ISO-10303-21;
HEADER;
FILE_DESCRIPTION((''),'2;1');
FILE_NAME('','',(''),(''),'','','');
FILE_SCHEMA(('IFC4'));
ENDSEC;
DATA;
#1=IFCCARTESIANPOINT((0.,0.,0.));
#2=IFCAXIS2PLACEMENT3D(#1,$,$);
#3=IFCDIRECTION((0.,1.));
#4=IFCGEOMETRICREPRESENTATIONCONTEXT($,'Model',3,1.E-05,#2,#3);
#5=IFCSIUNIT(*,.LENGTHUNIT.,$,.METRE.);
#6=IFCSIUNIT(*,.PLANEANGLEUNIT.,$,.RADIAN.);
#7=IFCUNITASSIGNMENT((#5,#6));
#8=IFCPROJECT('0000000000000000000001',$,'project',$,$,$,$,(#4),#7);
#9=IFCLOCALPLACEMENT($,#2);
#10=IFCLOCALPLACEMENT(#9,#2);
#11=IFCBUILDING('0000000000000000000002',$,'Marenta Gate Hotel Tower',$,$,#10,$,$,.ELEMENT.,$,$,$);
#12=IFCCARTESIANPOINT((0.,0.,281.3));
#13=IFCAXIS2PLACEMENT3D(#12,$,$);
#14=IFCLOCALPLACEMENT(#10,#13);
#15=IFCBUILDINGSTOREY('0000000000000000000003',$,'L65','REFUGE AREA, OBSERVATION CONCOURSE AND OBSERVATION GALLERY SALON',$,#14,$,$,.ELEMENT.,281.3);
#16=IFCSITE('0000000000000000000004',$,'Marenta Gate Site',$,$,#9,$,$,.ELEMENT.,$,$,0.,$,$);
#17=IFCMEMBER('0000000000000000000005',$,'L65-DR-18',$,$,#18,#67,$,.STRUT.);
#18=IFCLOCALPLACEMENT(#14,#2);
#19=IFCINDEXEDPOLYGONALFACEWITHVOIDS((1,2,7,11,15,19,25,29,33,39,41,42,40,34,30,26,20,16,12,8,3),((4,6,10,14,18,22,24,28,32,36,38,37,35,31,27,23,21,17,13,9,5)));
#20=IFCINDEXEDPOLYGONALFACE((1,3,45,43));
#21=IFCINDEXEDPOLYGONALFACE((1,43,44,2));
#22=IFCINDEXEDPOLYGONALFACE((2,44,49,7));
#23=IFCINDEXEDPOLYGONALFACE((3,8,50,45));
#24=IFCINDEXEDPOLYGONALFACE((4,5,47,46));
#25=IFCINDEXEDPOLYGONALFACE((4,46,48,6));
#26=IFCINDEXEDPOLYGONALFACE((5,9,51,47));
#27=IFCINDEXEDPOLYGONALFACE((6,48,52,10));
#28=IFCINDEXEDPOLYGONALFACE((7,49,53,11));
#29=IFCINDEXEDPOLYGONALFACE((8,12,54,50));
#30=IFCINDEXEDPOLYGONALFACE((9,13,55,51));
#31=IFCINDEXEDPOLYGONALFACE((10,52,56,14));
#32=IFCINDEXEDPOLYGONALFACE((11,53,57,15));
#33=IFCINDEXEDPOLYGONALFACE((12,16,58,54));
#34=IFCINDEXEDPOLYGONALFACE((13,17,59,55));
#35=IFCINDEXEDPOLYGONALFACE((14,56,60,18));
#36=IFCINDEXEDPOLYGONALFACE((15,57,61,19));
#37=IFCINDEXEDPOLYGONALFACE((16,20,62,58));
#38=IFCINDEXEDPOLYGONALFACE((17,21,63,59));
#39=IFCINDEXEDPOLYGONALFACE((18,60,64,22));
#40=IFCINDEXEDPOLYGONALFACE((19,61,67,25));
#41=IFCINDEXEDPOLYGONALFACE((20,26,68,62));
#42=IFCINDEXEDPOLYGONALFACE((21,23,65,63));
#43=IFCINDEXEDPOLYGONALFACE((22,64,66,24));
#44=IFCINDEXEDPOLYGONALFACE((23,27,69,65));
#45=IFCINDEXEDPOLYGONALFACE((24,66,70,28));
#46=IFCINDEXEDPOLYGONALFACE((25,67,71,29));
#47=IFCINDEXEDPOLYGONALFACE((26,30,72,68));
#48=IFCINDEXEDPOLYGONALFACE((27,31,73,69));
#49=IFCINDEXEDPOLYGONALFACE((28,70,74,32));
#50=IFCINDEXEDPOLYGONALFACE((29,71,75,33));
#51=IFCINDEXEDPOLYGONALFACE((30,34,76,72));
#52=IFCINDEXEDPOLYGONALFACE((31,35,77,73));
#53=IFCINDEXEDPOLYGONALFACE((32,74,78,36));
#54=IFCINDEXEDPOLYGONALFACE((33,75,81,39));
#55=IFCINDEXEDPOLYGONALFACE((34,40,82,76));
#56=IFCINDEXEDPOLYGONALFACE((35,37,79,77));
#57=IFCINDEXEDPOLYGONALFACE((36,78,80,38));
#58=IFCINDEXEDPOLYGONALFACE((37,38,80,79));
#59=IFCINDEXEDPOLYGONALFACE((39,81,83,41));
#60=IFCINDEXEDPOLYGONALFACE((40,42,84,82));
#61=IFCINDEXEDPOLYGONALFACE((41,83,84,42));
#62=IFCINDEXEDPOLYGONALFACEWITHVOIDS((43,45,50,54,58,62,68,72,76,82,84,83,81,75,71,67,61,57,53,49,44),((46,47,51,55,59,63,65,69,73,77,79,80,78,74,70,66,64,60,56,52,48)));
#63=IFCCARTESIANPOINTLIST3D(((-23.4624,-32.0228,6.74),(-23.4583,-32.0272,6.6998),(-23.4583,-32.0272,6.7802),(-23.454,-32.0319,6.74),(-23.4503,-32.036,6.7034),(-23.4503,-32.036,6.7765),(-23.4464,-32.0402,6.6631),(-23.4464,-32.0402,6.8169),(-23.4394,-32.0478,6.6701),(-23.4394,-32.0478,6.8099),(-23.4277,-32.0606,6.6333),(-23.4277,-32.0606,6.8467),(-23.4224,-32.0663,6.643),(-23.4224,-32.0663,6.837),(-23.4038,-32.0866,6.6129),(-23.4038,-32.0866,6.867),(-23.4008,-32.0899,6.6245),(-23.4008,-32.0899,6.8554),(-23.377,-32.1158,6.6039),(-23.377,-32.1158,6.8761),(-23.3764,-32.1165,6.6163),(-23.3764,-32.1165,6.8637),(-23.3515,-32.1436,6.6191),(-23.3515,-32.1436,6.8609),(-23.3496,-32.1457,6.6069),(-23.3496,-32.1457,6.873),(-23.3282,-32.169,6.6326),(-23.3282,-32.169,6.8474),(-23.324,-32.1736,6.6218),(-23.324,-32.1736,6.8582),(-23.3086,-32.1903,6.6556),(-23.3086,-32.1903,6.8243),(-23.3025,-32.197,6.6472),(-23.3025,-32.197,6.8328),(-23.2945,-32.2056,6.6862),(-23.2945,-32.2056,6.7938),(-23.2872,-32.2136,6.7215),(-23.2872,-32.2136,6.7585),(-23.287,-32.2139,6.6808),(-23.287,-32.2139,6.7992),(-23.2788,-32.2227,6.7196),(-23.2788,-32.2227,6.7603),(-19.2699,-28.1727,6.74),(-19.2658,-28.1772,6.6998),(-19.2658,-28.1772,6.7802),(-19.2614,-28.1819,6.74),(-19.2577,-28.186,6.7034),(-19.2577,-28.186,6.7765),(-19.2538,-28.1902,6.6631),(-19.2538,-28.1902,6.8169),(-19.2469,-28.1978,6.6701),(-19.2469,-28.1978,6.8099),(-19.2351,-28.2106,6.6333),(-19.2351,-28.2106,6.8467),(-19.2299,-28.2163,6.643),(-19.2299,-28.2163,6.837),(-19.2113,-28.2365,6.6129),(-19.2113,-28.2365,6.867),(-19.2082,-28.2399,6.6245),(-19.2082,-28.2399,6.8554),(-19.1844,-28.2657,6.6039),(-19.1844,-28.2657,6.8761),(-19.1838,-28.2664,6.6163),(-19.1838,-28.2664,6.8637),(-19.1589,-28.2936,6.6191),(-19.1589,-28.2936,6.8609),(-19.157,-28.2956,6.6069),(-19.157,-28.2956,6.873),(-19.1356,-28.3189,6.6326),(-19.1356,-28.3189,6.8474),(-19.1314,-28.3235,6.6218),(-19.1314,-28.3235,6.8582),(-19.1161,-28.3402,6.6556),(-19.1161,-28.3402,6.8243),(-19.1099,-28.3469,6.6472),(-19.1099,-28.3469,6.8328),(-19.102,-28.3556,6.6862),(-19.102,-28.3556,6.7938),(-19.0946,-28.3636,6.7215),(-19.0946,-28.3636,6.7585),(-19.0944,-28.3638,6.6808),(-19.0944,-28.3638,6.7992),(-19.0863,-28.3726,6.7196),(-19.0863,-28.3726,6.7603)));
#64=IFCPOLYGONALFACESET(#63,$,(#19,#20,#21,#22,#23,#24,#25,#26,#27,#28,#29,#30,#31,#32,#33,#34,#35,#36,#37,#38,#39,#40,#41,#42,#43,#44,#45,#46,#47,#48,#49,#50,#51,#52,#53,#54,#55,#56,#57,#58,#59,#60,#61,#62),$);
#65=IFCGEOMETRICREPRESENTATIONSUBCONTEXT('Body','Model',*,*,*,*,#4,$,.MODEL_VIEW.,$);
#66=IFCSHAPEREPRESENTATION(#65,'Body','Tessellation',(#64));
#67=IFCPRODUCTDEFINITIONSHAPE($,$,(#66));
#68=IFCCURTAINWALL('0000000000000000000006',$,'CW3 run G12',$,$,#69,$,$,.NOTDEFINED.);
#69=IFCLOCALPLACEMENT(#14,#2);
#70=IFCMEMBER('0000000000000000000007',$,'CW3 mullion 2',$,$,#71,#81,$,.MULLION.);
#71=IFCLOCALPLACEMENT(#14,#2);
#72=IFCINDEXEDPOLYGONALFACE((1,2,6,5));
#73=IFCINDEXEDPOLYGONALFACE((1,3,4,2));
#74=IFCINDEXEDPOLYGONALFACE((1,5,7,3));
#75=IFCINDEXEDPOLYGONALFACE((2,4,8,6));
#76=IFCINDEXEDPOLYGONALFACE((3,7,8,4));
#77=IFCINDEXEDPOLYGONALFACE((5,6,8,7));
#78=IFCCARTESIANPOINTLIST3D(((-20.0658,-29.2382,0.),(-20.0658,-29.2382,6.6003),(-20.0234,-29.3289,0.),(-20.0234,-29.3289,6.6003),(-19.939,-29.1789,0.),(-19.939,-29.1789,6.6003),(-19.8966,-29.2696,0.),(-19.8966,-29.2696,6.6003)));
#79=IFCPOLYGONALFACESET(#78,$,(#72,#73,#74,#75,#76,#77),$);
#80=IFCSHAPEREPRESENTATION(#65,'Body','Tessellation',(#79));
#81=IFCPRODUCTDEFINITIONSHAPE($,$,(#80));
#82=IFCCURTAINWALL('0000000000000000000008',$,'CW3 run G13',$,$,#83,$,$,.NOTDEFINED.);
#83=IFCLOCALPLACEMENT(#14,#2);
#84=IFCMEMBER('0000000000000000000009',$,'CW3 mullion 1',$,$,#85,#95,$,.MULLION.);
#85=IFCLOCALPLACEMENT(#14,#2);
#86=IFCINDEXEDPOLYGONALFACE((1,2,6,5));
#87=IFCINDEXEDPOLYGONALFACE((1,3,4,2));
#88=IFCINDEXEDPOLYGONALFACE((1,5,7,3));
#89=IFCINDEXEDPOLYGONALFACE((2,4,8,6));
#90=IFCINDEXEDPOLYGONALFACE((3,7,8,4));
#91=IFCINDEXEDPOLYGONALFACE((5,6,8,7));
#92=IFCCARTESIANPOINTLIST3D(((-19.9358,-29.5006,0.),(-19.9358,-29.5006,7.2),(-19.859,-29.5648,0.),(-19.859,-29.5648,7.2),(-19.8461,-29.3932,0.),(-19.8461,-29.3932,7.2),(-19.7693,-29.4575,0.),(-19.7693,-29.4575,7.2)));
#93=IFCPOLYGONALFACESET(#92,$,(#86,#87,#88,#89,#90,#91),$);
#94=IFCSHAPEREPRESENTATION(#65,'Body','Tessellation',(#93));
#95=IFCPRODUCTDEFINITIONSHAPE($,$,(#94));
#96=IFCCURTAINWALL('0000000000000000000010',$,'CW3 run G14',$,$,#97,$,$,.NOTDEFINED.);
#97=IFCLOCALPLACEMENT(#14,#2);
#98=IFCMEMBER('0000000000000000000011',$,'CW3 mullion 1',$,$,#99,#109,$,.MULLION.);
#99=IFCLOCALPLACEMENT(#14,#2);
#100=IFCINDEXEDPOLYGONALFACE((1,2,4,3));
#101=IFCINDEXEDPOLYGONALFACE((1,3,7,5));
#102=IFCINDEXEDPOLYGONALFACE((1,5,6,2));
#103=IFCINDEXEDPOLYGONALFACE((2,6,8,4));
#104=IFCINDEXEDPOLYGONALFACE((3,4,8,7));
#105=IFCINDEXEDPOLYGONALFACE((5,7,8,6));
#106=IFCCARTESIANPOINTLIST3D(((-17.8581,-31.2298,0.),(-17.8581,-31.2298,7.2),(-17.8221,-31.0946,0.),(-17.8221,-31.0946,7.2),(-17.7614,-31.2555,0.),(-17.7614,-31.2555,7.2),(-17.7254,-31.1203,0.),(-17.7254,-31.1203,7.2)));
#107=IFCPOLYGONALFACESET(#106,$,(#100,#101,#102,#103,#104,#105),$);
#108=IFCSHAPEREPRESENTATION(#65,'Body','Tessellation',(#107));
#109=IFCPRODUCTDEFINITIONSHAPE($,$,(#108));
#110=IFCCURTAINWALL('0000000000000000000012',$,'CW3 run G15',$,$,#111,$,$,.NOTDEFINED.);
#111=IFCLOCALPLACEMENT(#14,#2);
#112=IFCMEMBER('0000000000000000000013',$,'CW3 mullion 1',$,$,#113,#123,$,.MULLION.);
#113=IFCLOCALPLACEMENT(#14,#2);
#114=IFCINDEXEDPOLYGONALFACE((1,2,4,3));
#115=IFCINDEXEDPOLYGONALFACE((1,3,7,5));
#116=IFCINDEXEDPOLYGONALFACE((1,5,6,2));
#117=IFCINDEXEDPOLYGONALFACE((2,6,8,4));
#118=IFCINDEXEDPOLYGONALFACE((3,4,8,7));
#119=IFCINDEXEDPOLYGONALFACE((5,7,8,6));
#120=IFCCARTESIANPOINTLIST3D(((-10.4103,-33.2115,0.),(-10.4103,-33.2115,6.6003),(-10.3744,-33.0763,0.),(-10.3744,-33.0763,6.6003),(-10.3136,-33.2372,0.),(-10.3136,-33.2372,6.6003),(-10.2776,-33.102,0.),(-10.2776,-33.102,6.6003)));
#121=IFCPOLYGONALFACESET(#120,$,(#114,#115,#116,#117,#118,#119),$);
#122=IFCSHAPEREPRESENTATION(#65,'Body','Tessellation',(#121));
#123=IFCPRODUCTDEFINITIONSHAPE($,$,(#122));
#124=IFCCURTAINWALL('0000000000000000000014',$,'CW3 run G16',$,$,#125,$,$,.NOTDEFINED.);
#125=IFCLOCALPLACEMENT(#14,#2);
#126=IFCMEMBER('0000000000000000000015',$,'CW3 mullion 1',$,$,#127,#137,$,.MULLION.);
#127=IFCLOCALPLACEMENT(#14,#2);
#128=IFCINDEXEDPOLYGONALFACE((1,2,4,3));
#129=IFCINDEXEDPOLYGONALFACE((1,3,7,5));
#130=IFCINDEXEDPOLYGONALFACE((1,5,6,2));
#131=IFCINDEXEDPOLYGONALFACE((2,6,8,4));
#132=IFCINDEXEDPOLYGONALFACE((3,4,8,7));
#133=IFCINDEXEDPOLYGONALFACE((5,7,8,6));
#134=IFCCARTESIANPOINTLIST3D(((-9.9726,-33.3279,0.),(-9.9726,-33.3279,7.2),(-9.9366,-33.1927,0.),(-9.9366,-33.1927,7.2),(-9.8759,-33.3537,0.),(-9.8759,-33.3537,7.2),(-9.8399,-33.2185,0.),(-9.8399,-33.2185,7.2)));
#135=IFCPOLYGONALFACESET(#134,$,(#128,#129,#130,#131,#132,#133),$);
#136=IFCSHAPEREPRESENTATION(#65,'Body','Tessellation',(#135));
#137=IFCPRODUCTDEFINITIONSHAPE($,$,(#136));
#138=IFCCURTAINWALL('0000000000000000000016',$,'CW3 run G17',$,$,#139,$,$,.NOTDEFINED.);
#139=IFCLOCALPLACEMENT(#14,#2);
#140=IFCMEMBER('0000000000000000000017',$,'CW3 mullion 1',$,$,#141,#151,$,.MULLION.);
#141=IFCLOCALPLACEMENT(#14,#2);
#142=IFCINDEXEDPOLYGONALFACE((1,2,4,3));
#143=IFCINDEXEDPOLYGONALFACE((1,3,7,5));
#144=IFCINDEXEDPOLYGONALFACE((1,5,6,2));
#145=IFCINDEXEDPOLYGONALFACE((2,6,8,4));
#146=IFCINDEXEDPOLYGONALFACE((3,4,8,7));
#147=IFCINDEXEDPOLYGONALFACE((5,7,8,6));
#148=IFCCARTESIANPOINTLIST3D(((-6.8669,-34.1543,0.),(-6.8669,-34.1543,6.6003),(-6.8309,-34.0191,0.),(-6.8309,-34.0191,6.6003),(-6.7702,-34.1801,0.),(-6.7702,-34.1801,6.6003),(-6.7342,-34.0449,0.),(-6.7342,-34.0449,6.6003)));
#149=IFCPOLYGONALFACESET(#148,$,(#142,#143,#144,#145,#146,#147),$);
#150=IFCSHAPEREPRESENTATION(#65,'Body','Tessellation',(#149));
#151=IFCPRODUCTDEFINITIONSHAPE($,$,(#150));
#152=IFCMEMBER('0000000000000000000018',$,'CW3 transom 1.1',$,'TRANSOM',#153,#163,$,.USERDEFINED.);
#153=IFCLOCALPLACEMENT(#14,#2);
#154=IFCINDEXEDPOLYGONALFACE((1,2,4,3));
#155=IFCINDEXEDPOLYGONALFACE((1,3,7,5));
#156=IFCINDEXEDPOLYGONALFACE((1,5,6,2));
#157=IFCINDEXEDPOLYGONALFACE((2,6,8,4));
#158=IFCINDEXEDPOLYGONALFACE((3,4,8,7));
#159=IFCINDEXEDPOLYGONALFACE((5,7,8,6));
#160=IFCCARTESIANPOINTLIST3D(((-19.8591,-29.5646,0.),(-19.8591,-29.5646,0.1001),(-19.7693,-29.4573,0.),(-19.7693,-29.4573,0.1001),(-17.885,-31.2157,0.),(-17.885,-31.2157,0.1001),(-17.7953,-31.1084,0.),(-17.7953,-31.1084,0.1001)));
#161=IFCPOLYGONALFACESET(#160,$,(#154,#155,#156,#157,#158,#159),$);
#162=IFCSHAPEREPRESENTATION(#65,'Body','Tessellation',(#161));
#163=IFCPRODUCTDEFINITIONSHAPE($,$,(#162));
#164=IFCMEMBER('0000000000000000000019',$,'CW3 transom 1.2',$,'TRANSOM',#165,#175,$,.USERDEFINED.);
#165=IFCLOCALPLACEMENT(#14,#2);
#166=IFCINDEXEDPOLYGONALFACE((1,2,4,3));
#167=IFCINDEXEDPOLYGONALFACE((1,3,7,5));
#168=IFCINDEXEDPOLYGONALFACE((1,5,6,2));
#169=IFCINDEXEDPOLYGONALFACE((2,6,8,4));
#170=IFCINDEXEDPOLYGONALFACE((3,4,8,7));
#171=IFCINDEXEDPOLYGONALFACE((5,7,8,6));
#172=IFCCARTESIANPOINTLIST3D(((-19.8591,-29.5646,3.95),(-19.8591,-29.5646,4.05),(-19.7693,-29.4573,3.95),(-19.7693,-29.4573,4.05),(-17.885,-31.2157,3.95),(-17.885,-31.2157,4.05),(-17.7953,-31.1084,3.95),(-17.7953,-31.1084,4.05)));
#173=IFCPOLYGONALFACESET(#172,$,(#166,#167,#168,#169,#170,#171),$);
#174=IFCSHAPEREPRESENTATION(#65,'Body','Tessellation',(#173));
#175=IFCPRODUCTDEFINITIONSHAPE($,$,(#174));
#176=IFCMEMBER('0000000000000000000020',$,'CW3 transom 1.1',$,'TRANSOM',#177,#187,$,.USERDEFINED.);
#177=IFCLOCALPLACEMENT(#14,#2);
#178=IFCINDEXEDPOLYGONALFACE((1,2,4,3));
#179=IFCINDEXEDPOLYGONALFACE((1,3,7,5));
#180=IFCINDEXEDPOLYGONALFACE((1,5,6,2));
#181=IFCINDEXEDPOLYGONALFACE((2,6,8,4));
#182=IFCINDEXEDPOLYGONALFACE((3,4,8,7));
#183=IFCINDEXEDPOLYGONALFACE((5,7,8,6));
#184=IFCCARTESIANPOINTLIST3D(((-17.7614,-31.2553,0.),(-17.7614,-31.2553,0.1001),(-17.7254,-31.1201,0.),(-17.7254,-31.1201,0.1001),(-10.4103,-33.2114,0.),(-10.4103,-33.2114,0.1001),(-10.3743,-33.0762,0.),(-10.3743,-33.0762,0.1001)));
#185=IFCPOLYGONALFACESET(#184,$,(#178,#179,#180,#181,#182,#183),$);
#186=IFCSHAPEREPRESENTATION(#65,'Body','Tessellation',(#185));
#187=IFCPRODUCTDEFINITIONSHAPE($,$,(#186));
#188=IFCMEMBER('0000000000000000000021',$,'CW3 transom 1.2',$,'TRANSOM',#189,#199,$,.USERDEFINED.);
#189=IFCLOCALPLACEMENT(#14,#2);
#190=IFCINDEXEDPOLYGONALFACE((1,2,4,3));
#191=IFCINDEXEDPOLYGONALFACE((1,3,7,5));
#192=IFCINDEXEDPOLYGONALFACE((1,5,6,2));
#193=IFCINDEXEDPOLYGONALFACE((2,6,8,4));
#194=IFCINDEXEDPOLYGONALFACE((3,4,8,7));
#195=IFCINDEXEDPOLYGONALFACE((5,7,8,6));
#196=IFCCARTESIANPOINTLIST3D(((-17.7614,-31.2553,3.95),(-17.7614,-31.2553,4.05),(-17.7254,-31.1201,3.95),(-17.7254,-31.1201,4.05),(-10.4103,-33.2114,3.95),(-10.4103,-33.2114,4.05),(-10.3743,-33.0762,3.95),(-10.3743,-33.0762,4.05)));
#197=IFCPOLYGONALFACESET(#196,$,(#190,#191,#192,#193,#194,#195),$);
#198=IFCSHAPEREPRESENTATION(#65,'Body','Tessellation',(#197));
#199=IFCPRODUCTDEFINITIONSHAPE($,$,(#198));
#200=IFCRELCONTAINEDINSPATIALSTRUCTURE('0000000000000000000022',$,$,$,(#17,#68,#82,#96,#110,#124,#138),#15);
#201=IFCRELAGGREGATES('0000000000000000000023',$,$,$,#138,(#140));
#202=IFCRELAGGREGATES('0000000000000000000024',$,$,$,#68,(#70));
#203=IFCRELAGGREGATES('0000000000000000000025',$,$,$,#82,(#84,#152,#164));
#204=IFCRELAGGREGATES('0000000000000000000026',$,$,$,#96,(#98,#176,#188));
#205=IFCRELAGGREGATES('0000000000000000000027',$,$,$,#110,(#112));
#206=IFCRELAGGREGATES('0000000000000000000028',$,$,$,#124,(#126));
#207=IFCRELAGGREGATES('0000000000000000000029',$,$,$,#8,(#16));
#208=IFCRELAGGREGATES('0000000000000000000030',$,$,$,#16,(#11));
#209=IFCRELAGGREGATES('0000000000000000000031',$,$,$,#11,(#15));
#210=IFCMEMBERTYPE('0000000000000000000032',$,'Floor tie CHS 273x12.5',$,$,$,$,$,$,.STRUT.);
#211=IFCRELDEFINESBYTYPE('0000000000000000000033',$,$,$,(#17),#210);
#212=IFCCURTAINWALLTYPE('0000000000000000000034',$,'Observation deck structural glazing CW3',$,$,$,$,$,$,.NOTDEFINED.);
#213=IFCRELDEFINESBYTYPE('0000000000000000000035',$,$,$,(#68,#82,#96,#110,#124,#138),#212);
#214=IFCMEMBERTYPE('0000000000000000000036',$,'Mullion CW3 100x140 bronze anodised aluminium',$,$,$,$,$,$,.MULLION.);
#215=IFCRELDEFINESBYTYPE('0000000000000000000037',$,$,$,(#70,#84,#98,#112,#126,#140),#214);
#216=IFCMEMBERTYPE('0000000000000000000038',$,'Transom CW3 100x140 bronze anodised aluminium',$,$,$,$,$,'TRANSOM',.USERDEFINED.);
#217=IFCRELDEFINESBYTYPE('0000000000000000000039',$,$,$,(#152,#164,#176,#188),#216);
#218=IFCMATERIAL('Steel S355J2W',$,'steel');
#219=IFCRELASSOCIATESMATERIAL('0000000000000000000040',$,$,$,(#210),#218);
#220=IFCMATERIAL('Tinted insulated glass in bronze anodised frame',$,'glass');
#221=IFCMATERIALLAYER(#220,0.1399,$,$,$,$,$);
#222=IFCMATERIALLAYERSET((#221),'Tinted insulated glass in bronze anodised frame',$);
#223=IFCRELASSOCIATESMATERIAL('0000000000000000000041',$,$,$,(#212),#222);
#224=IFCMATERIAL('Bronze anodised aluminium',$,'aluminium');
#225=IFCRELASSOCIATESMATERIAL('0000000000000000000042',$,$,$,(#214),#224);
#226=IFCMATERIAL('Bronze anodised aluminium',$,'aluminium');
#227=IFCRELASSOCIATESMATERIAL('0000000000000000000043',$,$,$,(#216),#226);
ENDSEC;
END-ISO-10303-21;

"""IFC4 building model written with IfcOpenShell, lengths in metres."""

from ifc_helpers import new_model, si_unit, direction, frame, origin, origin_2d, place, context, subcontext, project, spatial, rectangle, hollow_circle, extrude, material, layer, layer_set, material_profile, profile_set, type_object, element, aggregate, save


model = new_model("IFC4")

# Units and contexts
model_context = context("Model", 3, precision=1e-05, world=origin(), true_north=direction((0.0, 1.0)))
body_context = subcontext(model_context, "Body", "Model", "MODEL_VIEW")
ifc_project = project(units=[si_unit("LENGTHUNIT", "METRE"), si_unit("PLANEANGLEUNIT", "RADIAN")], contexts=[model_context])

# Site, building, storey
site_placement = place(None, origin())
site = spatial("IfcSite", under=ifc_project, at=site_placement, Name="Marenta Gate Site", CompositionType="ELEMENT", RefElevation=0.0)
building_placement = place(site_placement, origin())
building = spatial("IfcBuilding", under=site, at=building_placement, Name="Marenta Gate Hotel Tower", CompositionType="ELEMENT")
storey_placement = place(building_placement, frame((0.0, 0.0, 281.3)))
storey = spatial("IfcBuildingStorey", under=building, at=storey_placement, Name="L65", Description="REFUGE AREA, OBSERVATION CONCOURSE AND OBSERVATION GALLERY SALON", CompositionType="ELEMENT", Elevation=281.3)

# Member
ifc_material_1 = material(Name="Steel S355J2W", Category="steel")
ifc_material_profile_1 = material_profile(ifc_material_1, hollow_circle(Radius=0.1365, WallThickness=0.0125, at=origin_2d()), Name="CHS 273x12.5")
ifc_profile_set_1 = profile_set([ifc_material_profile_1], Name="Steel S355J2W")
member_type_1 = type_object("IfcMemberType", Name="Floor tie CHS 273x12.5", PredefinedType="STRUT", material=ifc_profile_set_1)
member_1_placement = place(storey_placement, frame((-23.3701, -32.1233, 6.74), z_axis=(0.736554, 0.676379, 0.0), x_axis=(-0.676379, 0.736554, 0.0)))
element("IfcMember", 1, at=member_1_placement, inside=storey, type_object=member_type_1, Name="L65-DR-18", PredefinedType="STRUT", context=body_context, shape_type="SweptSolid", body=[
    extrude(hollow_circle(Radius=0.1365, WallThickness=0.0125, at=origin_2d()), origin(), (0.0, 0.0, 1.0), 5.6921),
])

# Curtain walls, members
ifc_material_2 = material(Name="Tinted insulated glass in bronze anodised frame", Category="glass")
ifc_layer_1 = layer(ifc_material_2, 0.1399)
ifc_layer_set_1 = layer_set([ifc_layer_1], Name="Tinted insulated glass in bronze anodised frame")
curtain_wall_type = type_object("IfcCurtainWallType", Name="Observation deck structural glazing CW3", PredefinedType="NOTDEFINED", material=ifc_layer_set_1)
curtain_wall_1_placement = place(storey_placement, origin())
curtain_wall_1 = element("IfcCurtainWall", 2, at=curtain_wall_1_placement, inside=storey, type_object=curtain_wall_type, Name="CW3 run G12", PredefinedType="NOTDEFINED")
ifc_material_3 = material(Name="Bronze anodised aluminium", Category="aluminium")
ifc_material_profile_2 = material_profile(ifc_material_3, rectangle(XDim=0.1399, YDim=0.1001, at=origin_2d()), Name="Mullion CW3 100x140 bronze anodised aluminium")
ifc_profile_set_2 = profile_set([ifc_material_profile_2], Name="Bronze anodised aluminium")
member_type_2 = type_object("IfcMemberType", Name="Mullion CW3 100x140 bronze anodised aluminium", PredefinedType="MULLION", material=ifc_profile_set_2)
member_2_placement = place(storey_placement, frame((-19.9812, -29.2539, 0.0), z_axis=(0.0, 0.0, 1.0), x_axis=(0.905946, 0.423393, 0.0)))
member_2 = element("IfcMember", 3, at=member_2_placement, type_object=member_type_2, Name="CW3 mullion 2", PredefinedType="MULLION", context=body_context, shape_type="SweptSolid", body=[
    extrude(rectangle(XDim=0.1399, YDim=0.1001, at=origin_2d()), origin(), (0.0, 0.0, 1.0), 6.6003),
])
curtain_wall_2_placement = place(storey_placement, origin())
curtain_wall_2 = element("IfcCurtainWall", 4, at=curtain_wall_2_placement, inside=storey, type_object=curtain_wall_type, Name="CW3 run G13", PredefinedType="NOTDEFINED")
member_3_placement = place(storey_placement, frame((-19.8525, -29.479, 0.0), z_axis=(0.0, 0.0, 1.0), x_axis=(0.641515, 0.76711, 0.0)))
member_3 = element("IfcMember", 5, at=member_3_placement, type_object=member_type_2, Name="CW3 mullion 1", PredefinedType="MULLION", context=body_context, shape_type="SweptSolid", body=[
    extrude(rectangle(XDim=0.1399, YDim=0.1001, at=origin_2d()), origin(), (0.0, 0.0, 1.0), 7.2),
])
curtain_wall_3_placement = place(storey_placement, origin())
curtain_wall_3 = element("IfcCurtainWall", 6, at=curtain_wall_3_placement, inside=storey, type_object=curtain_wall_type, Name="CW3 run G14", PredefinedType="NOTDEFINED")
member_4_placement = place(storey_placement, frame((-17.7917, -31.175, 0.0), z_axis=(0.0, 0.0, 1.0), x_axis=(0.257138, 0.966375, 0.0)))
member_4 = element("IfcMember", 7, at=member_4_placement, type_object=member_type_2, Name="CW3 mullion 1", PredefinedType="MULLION", context=body_context, shape_type="SweptSolid", body=[
    extrude(rectangle(XDim=0.1399, YDim=0.1001, at=origin_2d()), origin(), (0.0, 0.0, 1.0), 7.2),
])
curtain_wall_4_placement = place(storey_placement, origin())
curtain_wall_4 = element("IfcCurtainWall", 8, at=curtain_wall_4_placement, inside=storey, type_object=curtain_wall_type, Name="CW3 run G15", PredefinedType="NOTDEFINED")
member_5_placement = place(storey_placement, frame((-10.344, -33.1567, 0.0), z_axis=(0.0, 0.0, 1.0), x_axis=(0.257154, 0.96637, 0.0)))
member_5 = element("IfcMember", 9, at=member_5_placement, type_object=member_type_2, Name="CW3 mullion 1", PredefinedType="MULLION", context=body_context, shape_type="SweptSolid", body=[
    extrude(rectangle(XDim=0.1399, YDim=0.1001, at=origin_2d()), origin(), (0.0, 0.0, 1.0), 6.6003),
])
curtain_wall_5_placement = place(storey_placement, origin())
curtain_wall_5 = element("IfcCurtainWall", 10, at=curtain_wall_5_placement, inside=storey, type_object=curtain_wall_type, Name="CW3 run G16", PredefinedType="NOTDEFINED")
member_6_placement = place(storey_placement, frame((-9.9062, -33.2732, 0.0), z_axis=(0.0, 0.0, 1.0), x_axis=(0.257136, 0.966375, 0.0)))
member_6 = element("IfcMember", 11, at=member_6_placement, type_object=member_type_2, Name="CW3 mullion 1", PredefinedType="MULLION", context=body_context, shape_type="SweptSolid", body=[
    extrude(rectangle(XDim=0.1399, YDim=0.1001, at=origin_2d()), origin(), (0.0, 0.0, 1.0), 7.2),
])
curtain_wall_6_placement = place(storey_placement, origin())
curtain_wall_6 = element("IfcCurtainWall", 12, at=curtain_wall_6_placement, inside=storey, type_object=curtain_wall_type, Name="CW3 run G17", PredefinedType="NOTDEFINED")
member_7_placement = place(storey_placement, frame((-6.8005, -34.0996, 0.0), z_axis=(0.0, 0.0, 1.0), x_axis=(0.257344, 0.96632, 0.0)))
member_7 = element("IfcMember", 13, at=member_7_placement, type_object=member_type_2, Name="CW3 mullion 1", PredefinedType="MULLION", context=body_context, shape_type="SweptSolid", body=[
    extrude(rectangle(XDim=0.1399, YDim=0.1001, at=origin_2d()), origin(), (0.0, 0.0, 1.0), 6.6003),
])
aggregate(curtain_wall_6, [member_7])

# Members
ifc_material_4 = material(Name="Bronze anodised aluminium", Category="aluminium")
ifc_material_profile_3 = material_profile(ifc_material_4, rectangle(XDim=0.1399, YDim=0.1001, at=origin_2d()), Name="Transom CW3 100x140 bronze anodised aluminium")
ifc_profile_set_3 = profile_set([ifc_material_profile_3], Name="Bronze anodised aluminium")
member_type_3 = type_object("IfcMemberType", Name="Transom CW3 100x140 bronze anodised aluminium", ElementType="TRANSOM", PredefinedType="USERDEFINED", material=ifc_profile_set_3)
member_8_placement = place(storey_placement, frame((-19.8142, -29.511, 0.05), z_axis=(0.767069, -0.641564, 0.0), x_axis=(0.641564, 0.767069, 0.0)))
member_8 = element("IfcMember", 14, at=member_8_placement, type_object=member_type_3, Name="CW3 transom 1.1", ObjectType="TRANSOM", PredefinedType="USERDEFINED", context=body_context, shape_type="SweptSolid", body=[
    extrude(rectangle(XDim=0.1399, YDim=0.1001, at=origin_2d()), origin(), (0.0, 0.0, 1.0), 2.5735),
])
member_9_placement = place(storey_placement, frame((-19.8142, -29.511, 4.0), z_axis=(0.767069, -0.641564, 0.0), x_axis=(0.641564, 0.767069, 0.0)))
member_9 = element("IfcMember", 15, at=member_9_placement, type_object=member_type_3, Name="CW3 transom 1.2", ObjectType="TRANSOM", PredefinedType="USERDEFINED", context=body_context, shape_type="SweptSolid", body=[
    extrude(rectangle(XDim=0.1399, YDim=0.1001, at=origin_2d()), origin(), (0.0, 0.0, 1.0), 2.5735),
])
member_10_placement = place(storey_placement, frame((-17.7434, -31.1877, 0.05), z_axis=(0.966373, -0.257143, 0.0), x_axis=(0.257143, 0.966373, 0.0)))
member_10 = element("IfcMember", 16, at=member_10_placement, type_object=member_type_3, Name="CW3 transom 1.1", ObjectType="TRANSOM", PredefinedType="USERDEFINED", context=body_context, shape_type="SweptSolid", body=[
    extrude(rectangle(XDim=0.1399, YDim=0.1001, at=origin_2d()), origin(), (0.0, 0.0, 1.0), 7.6069),
])
member_11_placement = place(storey_placement, frame((-17.7434, -31.1877, 4.0), z_axis=(0.966373, -0.257143, 0.0), x_axis=(0.257143, 0.966373, 0.0)))
member_11 = element("IfcMember", 17, at=member_11_placement, type_object=member_type_3, Name="CW3 transom 1.2", ObjectType="TRANSOM", PredefinedType="USERDEFINED", context=body_context, shape_type="SweptSolid", body=[
    extrude(rectangle(XDim=0.1399, YDim=0.1001, at=origin_2d()), origin(), (0.0, 0.0, 1.0), 7.6069),
])

aggregate(curtain_wall_1, [member_2])
aggregate(curtain_wall_2, [member_3, member_8, member_9])
aggregate(curtain_wall_3, [member_4, member_10, member_11])
aggregate(curtain_wall_4, [member_5])
aggregate(curtain_wall_5, [member_6])

save(model, "model.ifc")
